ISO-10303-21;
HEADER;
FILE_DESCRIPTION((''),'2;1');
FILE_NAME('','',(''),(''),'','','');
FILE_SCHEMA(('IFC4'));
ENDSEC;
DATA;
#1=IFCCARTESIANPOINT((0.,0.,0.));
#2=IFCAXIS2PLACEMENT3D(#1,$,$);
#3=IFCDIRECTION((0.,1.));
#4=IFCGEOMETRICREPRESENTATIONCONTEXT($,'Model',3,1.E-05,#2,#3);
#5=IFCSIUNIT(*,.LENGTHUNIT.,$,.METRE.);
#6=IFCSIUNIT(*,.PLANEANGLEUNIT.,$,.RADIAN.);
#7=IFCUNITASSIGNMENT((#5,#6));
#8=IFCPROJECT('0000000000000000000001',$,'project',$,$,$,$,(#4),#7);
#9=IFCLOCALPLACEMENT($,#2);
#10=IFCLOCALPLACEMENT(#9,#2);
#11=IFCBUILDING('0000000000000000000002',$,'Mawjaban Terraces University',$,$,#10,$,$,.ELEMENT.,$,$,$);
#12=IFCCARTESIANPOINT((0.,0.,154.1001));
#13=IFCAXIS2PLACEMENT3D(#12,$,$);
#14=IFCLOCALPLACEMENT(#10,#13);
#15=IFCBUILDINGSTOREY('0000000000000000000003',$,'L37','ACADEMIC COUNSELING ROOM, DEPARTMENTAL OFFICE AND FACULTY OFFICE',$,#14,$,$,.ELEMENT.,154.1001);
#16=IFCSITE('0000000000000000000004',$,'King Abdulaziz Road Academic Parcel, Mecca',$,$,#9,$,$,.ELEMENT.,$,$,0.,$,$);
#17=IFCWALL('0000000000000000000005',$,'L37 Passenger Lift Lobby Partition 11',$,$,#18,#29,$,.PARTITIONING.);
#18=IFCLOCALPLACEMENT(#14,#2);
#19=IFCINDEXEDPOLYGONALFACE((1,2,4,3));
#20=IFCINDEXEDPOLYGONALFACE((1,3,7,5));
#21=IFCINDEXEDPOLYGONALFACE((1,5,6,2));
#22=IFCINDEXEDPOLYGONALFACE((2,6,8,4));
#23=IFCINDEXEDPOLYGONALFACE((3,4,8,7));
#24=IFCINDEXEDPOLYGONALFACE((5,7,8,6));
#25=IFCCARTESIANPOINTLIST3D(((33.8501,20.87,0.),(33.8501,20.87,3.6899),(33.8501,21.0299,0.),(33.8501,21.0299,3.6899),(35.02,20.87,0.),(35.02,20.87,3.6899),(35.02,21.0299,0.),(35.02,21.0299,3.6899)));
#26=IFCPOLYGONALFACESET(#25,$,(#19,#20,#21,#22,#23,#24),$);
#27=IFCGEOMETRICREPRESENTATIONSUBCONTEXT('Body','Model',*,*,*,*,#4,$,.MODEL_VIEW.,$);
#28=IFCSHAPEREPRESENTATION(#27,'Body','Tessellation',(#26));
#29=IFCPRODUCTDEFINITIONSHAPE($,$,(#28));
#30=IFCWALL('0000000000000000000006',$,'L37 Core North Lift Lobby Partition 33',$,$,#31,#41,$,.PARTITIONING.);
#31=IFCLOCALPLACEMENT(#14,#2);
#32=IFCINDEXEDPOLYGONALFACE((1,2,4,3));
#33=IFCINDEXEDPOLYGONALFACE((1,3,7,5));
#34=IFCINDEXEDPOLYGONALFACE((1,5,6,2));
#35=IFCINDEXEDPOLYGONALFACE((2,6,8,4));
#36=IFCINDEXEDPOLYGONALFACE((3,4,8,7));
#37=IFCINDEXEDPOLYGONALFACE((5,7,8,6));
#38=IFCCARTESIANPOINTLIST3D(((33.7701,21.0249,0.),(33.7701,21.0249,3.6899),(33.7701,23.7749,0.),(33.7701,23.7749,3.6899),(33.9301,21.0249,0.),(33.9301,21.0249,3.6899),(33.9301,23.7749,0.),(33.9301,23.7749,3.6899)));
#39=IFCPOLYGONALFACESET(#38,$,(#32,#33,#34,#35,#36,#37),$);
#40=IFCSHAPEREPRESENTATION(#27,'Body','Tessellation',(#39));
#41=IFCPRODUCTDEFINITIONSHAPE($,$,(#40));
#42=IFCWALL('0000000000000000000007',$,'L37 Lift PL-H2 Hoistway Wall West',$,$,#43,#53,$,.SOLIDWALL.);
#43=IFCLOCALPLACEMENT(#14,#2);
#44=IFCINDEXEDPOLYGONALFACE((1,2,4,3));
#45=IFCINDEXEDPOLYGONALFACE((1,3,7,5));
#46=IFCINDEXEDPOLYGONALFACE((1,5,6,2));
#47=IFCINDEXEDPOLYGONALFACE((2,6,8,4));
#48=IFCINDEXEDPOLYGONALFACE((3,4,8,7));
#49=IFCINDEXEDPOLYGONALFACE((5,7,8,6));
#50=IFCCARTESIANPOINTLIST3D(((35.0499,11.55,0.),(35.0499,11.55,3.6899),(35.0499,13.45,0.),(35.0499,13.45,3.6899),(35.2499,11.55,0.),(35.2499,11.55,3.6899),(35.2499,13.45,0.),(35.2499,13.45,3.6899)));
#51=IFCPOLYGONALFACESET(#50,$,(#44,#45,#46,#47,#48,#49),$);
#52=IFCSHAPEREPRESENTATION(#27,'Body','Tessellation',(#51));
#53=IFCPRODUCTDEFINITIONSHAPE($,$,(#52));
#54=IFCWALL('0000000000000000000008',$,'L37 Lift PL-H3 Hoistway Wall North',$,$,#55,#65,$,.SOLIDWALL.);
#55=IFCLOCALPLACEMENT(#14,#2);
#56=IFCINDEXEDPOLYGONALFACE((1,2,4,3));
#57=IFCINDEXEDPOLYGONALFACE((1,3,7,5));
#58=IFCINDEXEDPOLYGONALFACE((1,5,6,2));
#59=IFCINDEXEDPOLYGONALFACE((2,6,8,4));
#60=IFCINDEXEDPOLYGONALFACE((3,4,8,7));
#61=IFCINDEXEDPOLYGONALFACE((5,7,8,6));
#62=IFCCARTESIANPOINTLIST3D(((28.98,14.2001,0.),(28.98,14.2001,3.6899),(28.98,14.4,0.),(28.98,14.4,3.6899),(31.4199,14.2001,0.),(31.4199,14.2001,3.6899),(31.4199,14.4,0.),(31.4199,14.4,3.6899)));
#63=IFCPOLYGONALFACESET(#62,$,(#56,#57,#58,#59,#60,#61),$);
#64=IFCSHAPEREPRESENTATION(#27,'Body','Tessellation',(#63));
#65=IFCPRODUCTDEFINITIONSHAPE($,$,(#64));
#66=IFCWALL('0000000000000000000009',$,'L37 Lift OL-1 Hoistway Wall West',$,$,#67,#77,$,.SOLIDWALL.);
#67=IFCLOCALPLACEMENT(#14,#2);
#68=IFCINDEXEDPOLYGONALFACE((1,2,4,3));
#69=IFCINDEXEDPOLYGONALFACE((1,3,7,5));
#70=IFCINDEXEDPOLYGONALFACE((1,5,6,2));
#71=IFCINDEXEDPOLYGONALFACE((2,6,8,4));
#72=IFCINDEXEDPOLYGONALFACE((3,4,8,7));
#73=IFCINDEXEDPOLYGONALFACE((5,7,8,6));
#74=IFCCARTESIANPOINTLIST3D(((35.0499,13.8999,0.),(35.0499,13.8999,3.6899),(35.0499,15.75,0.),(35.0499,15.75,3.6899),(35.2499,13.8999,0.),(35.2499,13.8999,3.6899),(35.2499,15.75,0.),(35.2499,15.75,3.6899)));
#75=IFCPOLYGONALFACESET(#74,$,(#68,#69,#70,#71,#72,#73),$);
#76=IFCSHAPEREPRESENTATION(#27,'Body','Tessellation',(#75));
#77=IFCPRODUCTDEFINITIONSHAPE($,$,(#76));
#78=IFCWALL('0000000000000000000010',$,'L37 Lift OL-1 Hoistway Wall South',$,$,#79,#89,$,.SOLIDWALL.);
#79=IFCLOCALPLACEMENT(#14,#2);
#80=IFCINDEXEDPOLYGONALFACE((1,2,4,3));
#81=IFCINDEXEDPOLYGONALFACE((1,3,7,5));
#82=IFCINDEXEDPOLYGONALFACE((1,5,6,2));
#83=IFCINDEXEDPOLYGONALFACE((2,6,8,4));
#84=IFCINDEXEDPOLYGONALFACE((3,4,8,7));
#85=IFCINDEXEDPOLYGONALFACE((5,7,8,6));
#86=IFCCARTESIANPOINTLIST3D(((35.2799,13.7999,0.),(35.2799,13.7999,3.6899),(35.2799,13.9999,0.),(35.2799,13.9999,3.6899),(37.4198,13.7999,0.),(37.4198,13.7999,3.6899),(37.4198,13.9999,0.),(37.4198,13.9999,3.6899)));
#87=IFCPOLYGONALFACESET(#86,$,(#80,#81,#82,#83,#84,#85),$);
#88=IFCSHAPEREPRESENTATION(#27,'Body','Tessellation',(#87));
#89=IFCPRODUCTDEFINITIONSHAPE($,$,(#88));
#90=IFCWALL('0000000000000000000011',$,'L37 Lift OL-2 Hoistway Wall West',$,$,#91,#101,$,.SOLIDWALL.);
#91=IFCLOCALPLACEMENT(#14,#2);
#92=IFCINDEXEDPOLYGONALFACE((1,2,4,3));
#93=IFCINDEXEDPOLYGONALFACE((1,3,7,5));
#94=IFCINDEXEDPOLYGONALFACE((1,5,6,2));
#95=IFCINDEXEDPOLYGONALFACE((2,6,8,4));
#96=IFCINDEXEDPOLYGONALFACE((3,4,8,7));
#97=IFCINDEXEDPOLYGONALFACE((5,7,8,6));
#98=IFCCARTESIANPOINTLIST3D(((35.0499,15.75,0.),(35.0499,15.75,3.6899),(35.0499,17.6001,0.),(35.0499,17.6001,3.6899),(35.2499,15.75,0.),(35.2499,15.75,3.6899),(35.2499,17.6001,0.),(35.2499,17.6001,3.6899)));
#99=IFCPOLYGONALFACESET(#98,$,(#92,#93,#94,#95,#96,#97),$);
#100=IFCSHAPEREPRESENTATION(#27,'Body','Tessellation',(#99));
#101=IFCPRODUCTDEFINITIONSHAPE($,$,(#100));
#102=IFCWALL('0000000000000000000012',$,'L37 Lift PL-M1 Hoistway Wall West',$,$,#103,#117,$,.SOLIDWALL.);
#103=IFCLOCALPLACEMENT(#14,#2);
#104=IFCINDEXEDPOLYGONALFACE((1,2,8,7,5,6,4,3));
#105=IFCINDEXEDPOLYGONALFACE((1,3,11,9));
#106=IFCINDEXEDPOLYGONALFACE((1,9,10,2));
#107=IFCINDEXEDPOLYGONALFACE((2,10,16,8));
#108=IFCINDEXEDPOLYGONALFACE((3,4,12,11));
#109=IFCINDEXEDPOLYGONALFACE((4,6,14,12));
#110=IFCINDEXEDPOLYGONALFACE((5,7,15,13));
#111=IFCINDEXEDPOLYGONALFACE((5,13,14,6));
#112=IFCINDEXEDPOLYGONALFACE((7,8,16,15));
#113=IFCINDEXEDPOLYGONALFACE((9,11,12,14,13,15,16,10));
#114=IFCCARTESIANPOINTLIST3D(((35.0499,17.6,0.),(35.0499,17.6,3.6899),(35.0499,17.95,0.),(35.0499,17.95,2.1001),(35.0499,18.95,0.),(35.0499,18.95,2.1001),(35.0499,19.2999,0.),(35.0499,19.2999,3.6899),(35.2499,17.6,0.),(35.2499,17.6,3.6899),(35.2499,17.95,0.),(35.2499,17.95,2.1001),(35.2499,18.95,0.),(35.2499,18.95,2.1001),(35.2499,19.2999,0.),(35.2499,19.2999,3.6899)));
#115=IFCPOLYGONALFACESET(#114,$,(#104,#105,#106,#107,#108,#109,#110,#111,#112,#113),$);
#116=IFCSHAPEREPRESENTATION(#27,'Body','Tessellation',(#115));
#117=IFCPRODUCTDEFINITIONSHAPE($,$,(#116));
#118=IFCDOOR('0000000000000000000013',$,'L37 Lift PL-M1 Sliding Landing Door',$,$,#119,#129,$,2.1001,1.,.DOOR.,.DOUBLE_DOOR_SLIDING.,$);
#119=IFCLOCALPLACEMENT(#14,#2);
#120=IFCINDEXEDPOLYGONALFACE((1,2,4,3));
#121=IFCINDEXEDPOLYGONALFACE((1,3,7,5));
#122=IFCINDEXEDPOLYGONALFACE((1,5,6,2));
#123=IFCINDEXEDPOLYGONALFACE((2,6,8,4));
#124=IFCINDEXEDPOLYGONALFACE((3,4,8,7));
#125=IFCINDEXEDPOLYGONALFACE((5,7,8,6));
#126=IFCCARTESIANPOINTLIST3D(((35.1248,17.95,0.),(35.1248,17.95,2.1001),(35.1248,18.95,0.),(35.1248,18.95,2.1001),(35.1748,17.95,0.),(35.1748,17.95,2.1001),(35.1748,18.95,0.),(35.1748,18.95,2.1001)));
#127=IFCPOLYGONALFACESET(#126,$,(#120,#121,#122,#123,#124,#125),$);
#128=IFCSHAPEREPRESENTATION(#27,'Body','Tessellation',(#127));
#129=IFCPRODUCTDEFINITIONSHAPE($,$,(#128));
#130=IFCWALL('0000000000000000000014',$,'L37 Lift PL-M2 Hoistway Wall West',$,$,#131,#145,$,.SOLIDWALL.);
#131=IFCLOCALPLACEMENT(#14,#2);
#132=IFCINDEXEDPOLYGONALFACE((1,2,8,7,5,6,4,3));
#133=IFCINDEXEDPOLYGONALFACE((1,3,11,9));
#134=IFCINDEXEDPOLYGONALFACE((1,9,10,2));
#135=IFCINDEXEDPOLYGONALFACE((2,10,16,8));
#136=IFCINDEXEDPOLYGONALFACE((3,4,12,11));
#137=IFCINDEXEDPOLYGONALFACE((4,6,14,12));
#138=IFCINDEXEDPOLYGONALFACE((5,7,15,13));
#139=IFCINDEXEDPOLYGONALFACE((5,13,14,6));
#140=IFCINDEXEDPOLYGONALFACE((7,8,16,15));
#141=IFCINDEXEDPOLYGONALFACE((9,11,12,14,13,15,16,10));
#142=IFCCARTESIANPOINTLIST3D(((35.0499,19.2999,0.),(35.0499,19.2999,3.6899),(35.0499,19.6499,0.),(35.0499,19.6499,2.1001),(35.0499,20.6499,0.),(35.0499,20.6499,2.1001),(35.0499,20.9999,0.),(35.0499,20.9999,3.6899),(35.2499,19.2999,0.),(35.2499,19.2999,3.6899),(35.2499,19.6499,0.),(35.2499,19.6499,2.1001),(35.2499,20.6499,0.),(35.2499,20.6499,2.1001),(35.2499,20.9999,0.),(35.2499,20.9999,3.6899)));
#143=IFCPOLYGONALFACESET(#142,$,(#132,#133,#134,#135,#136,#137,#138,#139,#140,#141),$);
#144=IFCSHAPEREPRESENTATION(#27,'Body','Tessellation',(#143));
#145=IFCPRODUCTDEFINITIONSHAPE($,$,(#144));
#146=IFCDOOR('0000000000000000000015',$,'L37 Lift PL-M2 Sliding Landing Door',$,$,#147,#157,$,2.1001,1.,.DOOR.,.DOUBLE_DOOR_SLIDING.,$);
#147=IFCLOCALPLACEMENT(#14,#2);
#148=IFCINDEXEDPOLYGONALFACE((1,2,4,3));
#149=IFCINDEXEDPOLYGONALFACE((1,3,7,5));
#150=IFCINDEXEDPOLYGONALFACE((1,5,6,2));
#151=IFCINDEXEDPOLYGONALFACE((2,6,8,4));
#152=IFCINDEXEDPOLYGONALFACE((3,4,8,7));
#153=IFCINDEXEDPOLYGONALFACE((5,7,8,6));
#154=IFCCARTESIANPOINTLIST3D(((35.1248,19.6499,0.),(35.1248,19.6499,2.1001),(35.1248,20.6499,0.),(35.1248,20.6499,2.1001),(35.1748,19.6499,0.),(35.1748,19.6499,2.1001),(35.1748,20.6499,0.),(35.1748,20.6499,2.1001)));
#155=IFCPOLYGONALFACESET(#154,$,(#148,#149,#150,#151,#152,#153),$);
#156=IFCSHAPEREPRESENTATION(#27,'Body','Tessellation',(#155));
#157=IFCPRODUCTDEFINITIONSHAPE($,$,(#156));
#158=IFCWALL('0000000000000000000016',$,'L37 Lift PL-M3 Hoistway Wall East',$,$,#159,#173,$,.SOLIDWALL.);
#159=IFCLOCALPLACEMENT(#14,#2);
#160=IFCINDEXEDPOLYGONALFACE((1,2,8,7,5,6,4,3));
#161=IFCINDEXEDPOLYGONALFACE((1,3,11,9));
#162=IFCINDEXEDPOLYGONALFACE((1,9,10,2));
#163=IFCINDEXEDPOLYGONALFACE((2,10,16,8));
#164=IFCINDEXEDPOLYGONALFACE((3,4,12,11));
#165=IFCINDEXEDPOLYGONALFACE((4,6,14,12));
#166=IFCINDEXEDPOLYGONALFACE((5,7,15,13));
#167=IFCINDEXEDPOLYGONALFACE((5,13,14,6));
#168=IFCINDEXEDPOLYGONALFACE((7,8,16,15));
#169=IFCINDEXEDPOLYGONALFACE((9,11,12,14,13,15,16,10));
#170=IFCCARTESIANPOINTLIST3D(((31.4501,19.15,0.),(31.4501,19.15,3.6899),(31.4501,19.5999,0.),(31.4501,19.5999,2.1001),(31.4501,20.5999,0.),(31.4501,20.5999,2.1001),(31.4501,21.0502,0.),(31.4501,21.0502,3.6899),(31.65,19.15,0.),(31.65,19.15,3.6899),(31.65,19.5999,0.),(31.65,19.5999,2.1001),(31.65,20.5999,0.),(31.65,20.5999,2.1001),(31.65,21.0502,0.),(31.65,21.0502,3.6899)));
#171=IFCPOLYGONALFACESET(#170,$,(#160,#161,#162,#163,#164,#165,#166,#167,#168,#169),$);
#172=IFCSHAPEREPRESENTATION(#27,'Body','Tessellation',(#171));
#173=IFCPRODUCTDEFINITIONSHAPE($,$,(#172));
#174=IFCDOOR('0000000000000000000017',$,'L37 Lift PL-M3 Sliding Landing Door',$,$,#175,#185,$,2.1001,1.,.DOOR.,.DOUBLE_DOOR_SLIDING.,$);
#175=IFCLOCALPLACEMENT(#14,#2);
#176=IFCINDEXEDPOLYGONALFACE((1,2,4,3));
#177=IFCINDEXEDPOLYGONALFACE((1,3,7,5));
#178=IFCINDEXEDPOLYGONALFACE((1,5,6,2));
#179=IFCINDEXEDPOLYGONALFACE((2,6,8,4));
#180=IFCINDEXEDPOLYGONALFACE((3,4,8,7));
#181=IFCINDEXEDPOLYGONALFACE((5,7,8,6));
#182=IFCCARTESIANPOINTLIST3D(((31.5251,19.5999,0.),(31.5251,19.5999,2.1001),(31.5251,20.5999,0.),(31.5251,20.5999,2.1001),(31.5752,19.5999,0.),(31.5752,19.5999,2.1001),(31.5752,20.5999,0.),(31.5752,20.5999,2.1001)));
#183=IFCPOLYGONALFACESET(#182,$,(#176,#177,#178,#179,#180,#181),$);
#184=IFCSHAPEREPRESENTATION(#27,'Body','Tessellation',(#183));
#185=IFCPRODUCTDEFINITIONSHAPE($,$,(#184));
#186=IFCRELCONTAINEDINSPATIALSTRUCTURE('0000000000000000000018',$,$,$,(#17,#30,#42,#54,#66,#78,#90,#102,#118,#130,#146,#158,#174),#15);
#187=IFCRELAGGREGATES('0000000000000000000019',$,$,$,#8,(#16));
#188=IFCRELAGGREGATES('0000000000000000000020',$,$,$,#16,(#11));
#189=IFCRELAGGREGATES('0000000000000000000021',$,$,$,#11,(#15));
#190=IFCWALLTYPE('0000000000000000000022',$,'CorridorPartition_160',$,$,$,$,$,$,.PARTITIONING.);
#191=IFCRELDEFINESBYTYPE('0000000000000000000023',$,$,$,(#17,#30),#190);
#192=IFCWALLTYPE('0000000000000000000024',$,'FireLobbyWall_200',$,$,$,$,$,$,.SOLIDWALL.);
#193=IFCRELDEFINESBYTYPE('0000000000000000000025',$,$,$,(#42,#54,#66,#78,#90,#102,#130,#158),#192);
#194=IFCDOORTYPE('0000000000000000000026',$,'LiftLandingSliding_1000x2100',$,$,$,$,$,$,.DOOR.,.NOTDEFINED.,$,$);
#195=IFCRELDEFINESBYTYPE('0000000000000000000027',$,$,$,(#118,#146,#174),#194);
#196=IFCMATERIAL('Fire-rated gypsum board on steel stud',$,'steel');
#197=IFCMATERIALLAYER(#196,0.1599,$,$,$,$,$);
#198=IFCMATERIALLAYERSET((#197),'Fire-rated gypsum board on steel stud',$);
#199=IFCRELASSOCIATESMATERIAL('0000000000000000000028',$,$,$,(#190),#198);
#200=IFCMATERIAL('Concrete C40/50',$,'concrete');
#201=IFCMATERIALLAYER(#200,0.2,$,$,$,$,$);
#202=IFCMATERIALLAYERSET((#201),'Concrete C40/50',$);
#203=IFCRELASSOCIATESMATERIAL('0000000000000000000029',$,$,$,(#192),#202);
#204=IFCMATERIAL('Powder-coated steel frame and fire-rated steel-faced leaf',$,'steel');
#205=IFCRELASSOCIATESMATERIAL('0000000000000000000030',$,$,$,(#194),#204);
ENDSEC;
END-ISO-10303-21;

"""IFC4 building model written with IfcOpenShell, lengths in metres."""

from ifc_helpers import new_model, si_unit, direction, frame, frame_2d, origin, place, context, subcontext, project, spatial, rectangle, extrude, material, layer, layer_set, type_object, element, fill, save


model = new_model("IFC4")

# Units and contexts
model_context = context("Model", 3, precision=1e-05, world=origin(), true_north=direction((0.0, 1.0)))
body_context = subcontext(model_context, "Body", "Model", "MODEL_VIEW")
ifc_project = project(units=[si_unit("LENGTHUNIT", "METRE"), si_unit("PLANEANGLEUNIT", "RADIAN")], contexts=[model_context])

# Site, building, storey
site_placement = place(None, origin())
site = spatial("IfcSite", under=ifc_project, at=site_placement, Name="King Abdulaziz Road Academic Parcel, Mecca", CompositionType="ELEMENT", RefElevation=0.0)
building_placement = place(site_placement, origin())
building = spatial("IfcBuilding", under=site, at=building_placement, Name="Mawjaban Terraces University", CompositionType="ELEMENT")
storey_placement = place(building_placement, frame((0.0, 0.0, 154.1001)))
storey = spatial("IfcBuildingStorey", under=building, at=storey_placement, Name="L37", Description="ACADEMIC COUNSELING ROOM, DEPARTMENTAL OFFICE AND FACULTY OFFICE", CompositionType="ELEMENT", Elevation=154.1001)

# Walls
ifc_material_1 = material(Name="Fire-rated gypsum board on steel stud", Category="steel")
ifc_layer_1 = layer(ifc_material_1, 0.1599)
ifc_layer_set_1 = layer_set([ifc_layer_1], Name="Fire-rated gypsum board on steel stud")
wall_type_1 = type_object("IfcWallType", Name="CorridorPartition_160", PredefinedType="PARTITIONING", material=ifc_layer_set_1)
wall_1_placement = place(storey_placement, frame((35.02, 20.95, 0.0), z_axis=(0.0, 0.0, 1.0), x_axis=(-1.0, 0.0, 0.0)))
element("IfcWall", 1, at=wall_1_placement, inside=storey, type_object=wall_type_1, Name="L37 Passenger Lift Lobby Partition 11", PredefinedType="PARTITIONING", context=body_context, shape_type="SweptSolid", body=[
    extrude(rectangle(XDim=1.1699, YDim=0.1599, at=frame_2d((0.585, 0.0))), origin(), (0.0, 0.0, 1.0), 3.6899),
])
wall_2_placement = place(storey_placement, frame((33.8501, 21.0249, 0.0), z_axis=(0.0, 0.0, 1.0), x_axis=(0.0, 1.0, 0.0)))
element("IfcWall", 2, at=wall_2_placement, inside=storey, type_object=wall_type_1, Name="L37 Core North Lift Lobby Partition 33", PredefinedType="PARTITIONING", context=body_context, shape_type="SweptSolid", body=[
    extrude(rectangle(XDim=2.75, YDim=0.1599, at=frame_2d((1.375, 0.0))), origin(), (0.0, 0.0, 1.0), 3.6899),
])
ifc_material_2 = material(Name="Concrete C40/50", Category="concrete")
ifc_layer_2 = layer(ifc_material_2, 0.2)
ifc_layer_set_2 = layer_set([ifc_layer_2], Name="Concrete C40/50")
wall_type_2 = type_object("IfcWallType", Name="FireLobbyWall_200", PredefinedType="SOLIDWALL", material=ifc_layer_set_2)
wall_3_placement = place(storey_placement, frame((35.1499, 13.45, 0.0), z_axis=(0.0, 0.0, 1.0), x_axis=(0.0, -1.0, 0.0)))
element("IfcWall", 3, at=wall_3_placement, inside=storey, type_object=wall_type_2, Name="L37 Lift PL-H2 Hoistway Wall West", PredefinedType="SOLIDWALL", context=body_context, shape_type="SweptSolid", body=[
    extrude(rectangle(XDim=1.8999, YDim=0.2, at=frame_2d((0.95, 0.0))), origin(), (0.0, 0.0, 1.0), 3.6899),
])
wall_4_placement = place(storey_placement, frame((31.4199, 14.3, 0.0), z_axis=(0.0, 0.0, 1.0), x_axis=(-1.0, 0.0, 0.0)))
element("IfcWall", 4, at=wall_4_placement, inside=storey, type_object=wall_type_2, Name="L37 Lift PL-H3 Hoistway Wall North", PredefinedType="SOLIDWALL", context=body_context, shape_type="SweptSolid", body=[
    extrude(rectangle(XDim=2.4399, YDim=0.2, at=frame_2d((1.22, 0.0))), origin(), (0.0, 0.0, 1.0), 3.6899),
])
wall_5_placement = place(storey_placement, frame((35.1499, 15.75, 0.0), z_axis=(0.0, 0.0, 1.0), x_axis=(0.0, -1.0, 0.0)))
element("IfcWall", 5, at=wall_5_placement, inside=storey, type_object=wall_type_2, Name="L37 Lift OL-1 Hoistway Wall West", PredefinedType="SOLIDWALL", context=body_context, shape_type="SweptSolid", body=[
    extrude(rectangle(XDim=1.8501, YDim=0.2, at=frame_2d((0.925, 0.0))), origin(), (0.0, 0.0, 1.0), 3.6899),
])
wall_6_placement = place(storey_placement, frame((35.28, 13.8999, 0.0), z_axis=(0.0, 0.0, 1.0), x_axis=(1.0, 0.0, 0.0)))
element("IfcWall", 6, at=wall_6_placement, inside=storey, type_object=wall_type_2, Name="L37 Lift OL-1 Hoistway Wall South", PredefinedType="SOLIDWALL", context=body_context, shape_type="SweptSolid", body=[
    extrude(rectangle(XDim=2.1399, YDim=0.2, at=frame_2d((1.0698, 0.0))), origin(), (0.0, 0.0, 1.0), 3.6899),
])
wall_7_placement = place(storey_placement, frame((35.1499, 17.6001, 0.0), z_axis=(0.0, 0.0, 1.0), x_axis=(0.0, -1.0, 0.0)))
element("IfcWall", 7, at=wall_7_placement, inside=storey, type_object=wall_type_2, Name="L37 Lift OL-2 Hoistway Wall West", PredefinedType="SOLIDWALL", context=body_context, shape_type="SweptSolid", body=[
    extrude(rectangle(XDim=1.8501, YDim=0.2, at=frame_2d((0.925, 0.0))), origin(), (0.0, 0.0, 1.0), 3.6899),
])

# Walls, openings, doors
wall_8_placement = place(storey_placement, frame((35.1499, 19.3, 0.0), z_axis=(0.0, 0.0, 1.0), x_axis=(0.0, -1.0, 0.0)))
wall_8 = element("IfcWall", 8, at=wall_8_placement, inside=storey, type_object=wall_type_2, Name="L37 Lift PL-M1 Hoistway Wall West", PredefinedType="SOLIDWALL", context=body_context, shape_type="SweptSolid", body=[
    extrude(rectangle(XDim=1.7, YDim=0.2, at=frame_2d((0.8501, 0.0))), origin(), (0.0, 0.0, 1.0), 3.6899),
])
opening_1_placement = place(wall_8_placement, frame((0.3501, 0.0, 0.0)))
opening_1 = element("IfcOpeningElement", 9, at=opening_1_placement, cuts=wall_8, PredefinedType="OPENING", context=body_context, shape_type="SweptSolid", body=[
    extrude(rectangle(XDim=1.0, YDim=2.1001, at=frame_2d((0.5, 1.05))), frame((0.0, 0.1099, 0.0), z_axis=(0.0, -1.0, 0.0), x_axis=(1.0, 0.0, 0.0)), (0.0, 0.0, 1.0), 0.22),
])
ifc_material_3 = material(Name="Powder-coated steel frame and fire-rated steel-faced leaf", Category="steel")
door_type_1 = type_object("IfcDoorType", Name="LiftLandingSliding_1000x2100", OperationType="NOTDEFINED", PredefinedType="DOOR", material=ifc_material_3)
door_1_placement = place(opening_1_placement, origin())
door_1 = element("IfcDoor", 10, at=door_1_placement, inside=storey, type_object=door_type_1, Name="L37 Lift PL-M1 Sliding Landing Door", OperationType="DOUBLE_DOOR_SLIDING", OverallHeight=2.1001, OverallWidth=1.0, PredefinedType="DOOR", context=body_context, shape_type="SweptSolid", body=[
    extrude(rectangle(XDim=1.0, YDim=2.1001, at=frame_2d((0.5, 1.05))), frame((0.0, 0.0249, 0.0), z_axis=(0.0, -1.0, 0.0), x_axis=(1.0, 0.0, 0.0)), (0.0, 0.0, 1.0), 0.05),
])
fill(opening_1, door_1)
wall_9_placement = place(storey_placement, frame((35.1499, 21.0, 0.0), z_axis=(0.0, 0.0, 1.0), x_axis=(0.0, -1.0, 0.0)))
wall_9 = element("IfcWall", 11, at=wall_9_placement, inside=storey, type_object=wall_type_2, Name="L37 Lift PL-M2 Hoistway Wall West", PredefinedType="SOLIDWALL", context=body_context, shape_type="SweptSolid", body=[
    extrude(rectangle(XDim=1.7, YDim=0.2, at=frame_2d((0.8501, 0.0))), origin(), (0.0, 0.0, 1.0), 3.6899),
])
opening_2_placement = place(wall_9_placement, frame((0.3501, 0.0, 0.0)))
opening_2 = element("IfcOpeningElement", 12, at=opening_2_placement, cuts=wall_9, PredefinedType="OPENING", context=body_context, shape_type="SweptSolid", body=[
    extrude(rectangle(XDim=1.0, YDim=2.1001, at=frame_2d((0.5, 1.05))), frame((0.0, 0.1099, 0.0), z_axis=(0.0, -1.0, 0.0), x_axis=(1.0, 0.0, 0.0)), (0.0, 0.0, 1.0), 0.22),
])
door_2_placement = place(opening_2_placement, origin())
door_2 = element("IfcDoor", 13, at=door_2_placement, inside=storey, type_object=door_type_1, Name="L37 Lift PL-M2 Sliding Landing Door", OperationType="DOUBLE_DOOR_SLIDING", OverallHeight=2.1001, OverallWidth=1.0, PredefinedType="DOOR", context=body_context, shape_type="SweptSolid", body=[
    extrude(rectangle(XDim=1.0, YDim=2.1001, at=frame_2d((0.5, 1.05))), frame((0.0, 0.0249, 0.0), z_axis=(0.0, -1.0, 0.0), x_axis=(1.0, 0.0, 0.0)), (0.0, 0.0, 1.0), 0.05),
])
fill(opening_2, door_2)
wall_10_placement = place(storey_placement, frame((31.55, 19.1499, 0.0), z_axis=(0.0, 0.0, 1.0), x_axis=(0.0, 1.0, 0.0)))
wall_10 = element("IfcWall", 14, at=wall_10_placement, inside=storey, type_object=wall_type_2, Name="L37 Lift PL-M3 Hoistway Wall East", PredefinedType="SOLIDWALL", context=body_context, shape_type="SweptSolid", body=[
    extrude(rectangle(XDim=1.9001, YDim=0.2, at=frame_2d((0.9502, 0.0))), origin(), (0.0, 0.0, 1.0), 3.6899),
])
opening_3_placement = place(wall_10_placement, frame((0.45, 0.0, 0.0)))
opening_3 = element("IfcOpeningElement", 15, at=opening_3_placement, cuts=wall_10, PredefinedType="OPENING", context=body_context, shape_type="SweptSolid", body=[
    extrude(rectangle(XDim=1.0, YDim=2.1001, at=frame_2d((0.5, 1.05))), frame((0.0, 0.1099, 0.0), z_axis=(0.0, -1.0, 0.0), x_axis=(1.0, 0.0, 0.0)), (0.0, 0.0, 1.0), 0.22),
])
door_3_placement = place(opening_3_placement, origin())
door_3 = element("IfcDoor", 16, at=door_3_placement, inside=storey, type_object=door_type_1, Name="L37 Lift PL-M3 Sliding Landing Door", OperationType="DOUBLE_DOOR_SLIDING", OverallHeight=2.1001, OverallWidth=1.0, PredefinedType="DOOR", context=body_context, shape_type="SweptSolid", body=[
    extrude(rectangle(XDim=1.0, YDim=2.1001, at=frame_2d((0.5, 1.05))), frame((0.0, 0.0249, 0.0), z_axis=(0.0, -1.0, 0.0), x_axis=(1.0, 0.0, 0.0)), (0.0, 0.0, 1.0), 0.05),
])
fill(opening_3, door_3)

save(model, "model.ifc")
